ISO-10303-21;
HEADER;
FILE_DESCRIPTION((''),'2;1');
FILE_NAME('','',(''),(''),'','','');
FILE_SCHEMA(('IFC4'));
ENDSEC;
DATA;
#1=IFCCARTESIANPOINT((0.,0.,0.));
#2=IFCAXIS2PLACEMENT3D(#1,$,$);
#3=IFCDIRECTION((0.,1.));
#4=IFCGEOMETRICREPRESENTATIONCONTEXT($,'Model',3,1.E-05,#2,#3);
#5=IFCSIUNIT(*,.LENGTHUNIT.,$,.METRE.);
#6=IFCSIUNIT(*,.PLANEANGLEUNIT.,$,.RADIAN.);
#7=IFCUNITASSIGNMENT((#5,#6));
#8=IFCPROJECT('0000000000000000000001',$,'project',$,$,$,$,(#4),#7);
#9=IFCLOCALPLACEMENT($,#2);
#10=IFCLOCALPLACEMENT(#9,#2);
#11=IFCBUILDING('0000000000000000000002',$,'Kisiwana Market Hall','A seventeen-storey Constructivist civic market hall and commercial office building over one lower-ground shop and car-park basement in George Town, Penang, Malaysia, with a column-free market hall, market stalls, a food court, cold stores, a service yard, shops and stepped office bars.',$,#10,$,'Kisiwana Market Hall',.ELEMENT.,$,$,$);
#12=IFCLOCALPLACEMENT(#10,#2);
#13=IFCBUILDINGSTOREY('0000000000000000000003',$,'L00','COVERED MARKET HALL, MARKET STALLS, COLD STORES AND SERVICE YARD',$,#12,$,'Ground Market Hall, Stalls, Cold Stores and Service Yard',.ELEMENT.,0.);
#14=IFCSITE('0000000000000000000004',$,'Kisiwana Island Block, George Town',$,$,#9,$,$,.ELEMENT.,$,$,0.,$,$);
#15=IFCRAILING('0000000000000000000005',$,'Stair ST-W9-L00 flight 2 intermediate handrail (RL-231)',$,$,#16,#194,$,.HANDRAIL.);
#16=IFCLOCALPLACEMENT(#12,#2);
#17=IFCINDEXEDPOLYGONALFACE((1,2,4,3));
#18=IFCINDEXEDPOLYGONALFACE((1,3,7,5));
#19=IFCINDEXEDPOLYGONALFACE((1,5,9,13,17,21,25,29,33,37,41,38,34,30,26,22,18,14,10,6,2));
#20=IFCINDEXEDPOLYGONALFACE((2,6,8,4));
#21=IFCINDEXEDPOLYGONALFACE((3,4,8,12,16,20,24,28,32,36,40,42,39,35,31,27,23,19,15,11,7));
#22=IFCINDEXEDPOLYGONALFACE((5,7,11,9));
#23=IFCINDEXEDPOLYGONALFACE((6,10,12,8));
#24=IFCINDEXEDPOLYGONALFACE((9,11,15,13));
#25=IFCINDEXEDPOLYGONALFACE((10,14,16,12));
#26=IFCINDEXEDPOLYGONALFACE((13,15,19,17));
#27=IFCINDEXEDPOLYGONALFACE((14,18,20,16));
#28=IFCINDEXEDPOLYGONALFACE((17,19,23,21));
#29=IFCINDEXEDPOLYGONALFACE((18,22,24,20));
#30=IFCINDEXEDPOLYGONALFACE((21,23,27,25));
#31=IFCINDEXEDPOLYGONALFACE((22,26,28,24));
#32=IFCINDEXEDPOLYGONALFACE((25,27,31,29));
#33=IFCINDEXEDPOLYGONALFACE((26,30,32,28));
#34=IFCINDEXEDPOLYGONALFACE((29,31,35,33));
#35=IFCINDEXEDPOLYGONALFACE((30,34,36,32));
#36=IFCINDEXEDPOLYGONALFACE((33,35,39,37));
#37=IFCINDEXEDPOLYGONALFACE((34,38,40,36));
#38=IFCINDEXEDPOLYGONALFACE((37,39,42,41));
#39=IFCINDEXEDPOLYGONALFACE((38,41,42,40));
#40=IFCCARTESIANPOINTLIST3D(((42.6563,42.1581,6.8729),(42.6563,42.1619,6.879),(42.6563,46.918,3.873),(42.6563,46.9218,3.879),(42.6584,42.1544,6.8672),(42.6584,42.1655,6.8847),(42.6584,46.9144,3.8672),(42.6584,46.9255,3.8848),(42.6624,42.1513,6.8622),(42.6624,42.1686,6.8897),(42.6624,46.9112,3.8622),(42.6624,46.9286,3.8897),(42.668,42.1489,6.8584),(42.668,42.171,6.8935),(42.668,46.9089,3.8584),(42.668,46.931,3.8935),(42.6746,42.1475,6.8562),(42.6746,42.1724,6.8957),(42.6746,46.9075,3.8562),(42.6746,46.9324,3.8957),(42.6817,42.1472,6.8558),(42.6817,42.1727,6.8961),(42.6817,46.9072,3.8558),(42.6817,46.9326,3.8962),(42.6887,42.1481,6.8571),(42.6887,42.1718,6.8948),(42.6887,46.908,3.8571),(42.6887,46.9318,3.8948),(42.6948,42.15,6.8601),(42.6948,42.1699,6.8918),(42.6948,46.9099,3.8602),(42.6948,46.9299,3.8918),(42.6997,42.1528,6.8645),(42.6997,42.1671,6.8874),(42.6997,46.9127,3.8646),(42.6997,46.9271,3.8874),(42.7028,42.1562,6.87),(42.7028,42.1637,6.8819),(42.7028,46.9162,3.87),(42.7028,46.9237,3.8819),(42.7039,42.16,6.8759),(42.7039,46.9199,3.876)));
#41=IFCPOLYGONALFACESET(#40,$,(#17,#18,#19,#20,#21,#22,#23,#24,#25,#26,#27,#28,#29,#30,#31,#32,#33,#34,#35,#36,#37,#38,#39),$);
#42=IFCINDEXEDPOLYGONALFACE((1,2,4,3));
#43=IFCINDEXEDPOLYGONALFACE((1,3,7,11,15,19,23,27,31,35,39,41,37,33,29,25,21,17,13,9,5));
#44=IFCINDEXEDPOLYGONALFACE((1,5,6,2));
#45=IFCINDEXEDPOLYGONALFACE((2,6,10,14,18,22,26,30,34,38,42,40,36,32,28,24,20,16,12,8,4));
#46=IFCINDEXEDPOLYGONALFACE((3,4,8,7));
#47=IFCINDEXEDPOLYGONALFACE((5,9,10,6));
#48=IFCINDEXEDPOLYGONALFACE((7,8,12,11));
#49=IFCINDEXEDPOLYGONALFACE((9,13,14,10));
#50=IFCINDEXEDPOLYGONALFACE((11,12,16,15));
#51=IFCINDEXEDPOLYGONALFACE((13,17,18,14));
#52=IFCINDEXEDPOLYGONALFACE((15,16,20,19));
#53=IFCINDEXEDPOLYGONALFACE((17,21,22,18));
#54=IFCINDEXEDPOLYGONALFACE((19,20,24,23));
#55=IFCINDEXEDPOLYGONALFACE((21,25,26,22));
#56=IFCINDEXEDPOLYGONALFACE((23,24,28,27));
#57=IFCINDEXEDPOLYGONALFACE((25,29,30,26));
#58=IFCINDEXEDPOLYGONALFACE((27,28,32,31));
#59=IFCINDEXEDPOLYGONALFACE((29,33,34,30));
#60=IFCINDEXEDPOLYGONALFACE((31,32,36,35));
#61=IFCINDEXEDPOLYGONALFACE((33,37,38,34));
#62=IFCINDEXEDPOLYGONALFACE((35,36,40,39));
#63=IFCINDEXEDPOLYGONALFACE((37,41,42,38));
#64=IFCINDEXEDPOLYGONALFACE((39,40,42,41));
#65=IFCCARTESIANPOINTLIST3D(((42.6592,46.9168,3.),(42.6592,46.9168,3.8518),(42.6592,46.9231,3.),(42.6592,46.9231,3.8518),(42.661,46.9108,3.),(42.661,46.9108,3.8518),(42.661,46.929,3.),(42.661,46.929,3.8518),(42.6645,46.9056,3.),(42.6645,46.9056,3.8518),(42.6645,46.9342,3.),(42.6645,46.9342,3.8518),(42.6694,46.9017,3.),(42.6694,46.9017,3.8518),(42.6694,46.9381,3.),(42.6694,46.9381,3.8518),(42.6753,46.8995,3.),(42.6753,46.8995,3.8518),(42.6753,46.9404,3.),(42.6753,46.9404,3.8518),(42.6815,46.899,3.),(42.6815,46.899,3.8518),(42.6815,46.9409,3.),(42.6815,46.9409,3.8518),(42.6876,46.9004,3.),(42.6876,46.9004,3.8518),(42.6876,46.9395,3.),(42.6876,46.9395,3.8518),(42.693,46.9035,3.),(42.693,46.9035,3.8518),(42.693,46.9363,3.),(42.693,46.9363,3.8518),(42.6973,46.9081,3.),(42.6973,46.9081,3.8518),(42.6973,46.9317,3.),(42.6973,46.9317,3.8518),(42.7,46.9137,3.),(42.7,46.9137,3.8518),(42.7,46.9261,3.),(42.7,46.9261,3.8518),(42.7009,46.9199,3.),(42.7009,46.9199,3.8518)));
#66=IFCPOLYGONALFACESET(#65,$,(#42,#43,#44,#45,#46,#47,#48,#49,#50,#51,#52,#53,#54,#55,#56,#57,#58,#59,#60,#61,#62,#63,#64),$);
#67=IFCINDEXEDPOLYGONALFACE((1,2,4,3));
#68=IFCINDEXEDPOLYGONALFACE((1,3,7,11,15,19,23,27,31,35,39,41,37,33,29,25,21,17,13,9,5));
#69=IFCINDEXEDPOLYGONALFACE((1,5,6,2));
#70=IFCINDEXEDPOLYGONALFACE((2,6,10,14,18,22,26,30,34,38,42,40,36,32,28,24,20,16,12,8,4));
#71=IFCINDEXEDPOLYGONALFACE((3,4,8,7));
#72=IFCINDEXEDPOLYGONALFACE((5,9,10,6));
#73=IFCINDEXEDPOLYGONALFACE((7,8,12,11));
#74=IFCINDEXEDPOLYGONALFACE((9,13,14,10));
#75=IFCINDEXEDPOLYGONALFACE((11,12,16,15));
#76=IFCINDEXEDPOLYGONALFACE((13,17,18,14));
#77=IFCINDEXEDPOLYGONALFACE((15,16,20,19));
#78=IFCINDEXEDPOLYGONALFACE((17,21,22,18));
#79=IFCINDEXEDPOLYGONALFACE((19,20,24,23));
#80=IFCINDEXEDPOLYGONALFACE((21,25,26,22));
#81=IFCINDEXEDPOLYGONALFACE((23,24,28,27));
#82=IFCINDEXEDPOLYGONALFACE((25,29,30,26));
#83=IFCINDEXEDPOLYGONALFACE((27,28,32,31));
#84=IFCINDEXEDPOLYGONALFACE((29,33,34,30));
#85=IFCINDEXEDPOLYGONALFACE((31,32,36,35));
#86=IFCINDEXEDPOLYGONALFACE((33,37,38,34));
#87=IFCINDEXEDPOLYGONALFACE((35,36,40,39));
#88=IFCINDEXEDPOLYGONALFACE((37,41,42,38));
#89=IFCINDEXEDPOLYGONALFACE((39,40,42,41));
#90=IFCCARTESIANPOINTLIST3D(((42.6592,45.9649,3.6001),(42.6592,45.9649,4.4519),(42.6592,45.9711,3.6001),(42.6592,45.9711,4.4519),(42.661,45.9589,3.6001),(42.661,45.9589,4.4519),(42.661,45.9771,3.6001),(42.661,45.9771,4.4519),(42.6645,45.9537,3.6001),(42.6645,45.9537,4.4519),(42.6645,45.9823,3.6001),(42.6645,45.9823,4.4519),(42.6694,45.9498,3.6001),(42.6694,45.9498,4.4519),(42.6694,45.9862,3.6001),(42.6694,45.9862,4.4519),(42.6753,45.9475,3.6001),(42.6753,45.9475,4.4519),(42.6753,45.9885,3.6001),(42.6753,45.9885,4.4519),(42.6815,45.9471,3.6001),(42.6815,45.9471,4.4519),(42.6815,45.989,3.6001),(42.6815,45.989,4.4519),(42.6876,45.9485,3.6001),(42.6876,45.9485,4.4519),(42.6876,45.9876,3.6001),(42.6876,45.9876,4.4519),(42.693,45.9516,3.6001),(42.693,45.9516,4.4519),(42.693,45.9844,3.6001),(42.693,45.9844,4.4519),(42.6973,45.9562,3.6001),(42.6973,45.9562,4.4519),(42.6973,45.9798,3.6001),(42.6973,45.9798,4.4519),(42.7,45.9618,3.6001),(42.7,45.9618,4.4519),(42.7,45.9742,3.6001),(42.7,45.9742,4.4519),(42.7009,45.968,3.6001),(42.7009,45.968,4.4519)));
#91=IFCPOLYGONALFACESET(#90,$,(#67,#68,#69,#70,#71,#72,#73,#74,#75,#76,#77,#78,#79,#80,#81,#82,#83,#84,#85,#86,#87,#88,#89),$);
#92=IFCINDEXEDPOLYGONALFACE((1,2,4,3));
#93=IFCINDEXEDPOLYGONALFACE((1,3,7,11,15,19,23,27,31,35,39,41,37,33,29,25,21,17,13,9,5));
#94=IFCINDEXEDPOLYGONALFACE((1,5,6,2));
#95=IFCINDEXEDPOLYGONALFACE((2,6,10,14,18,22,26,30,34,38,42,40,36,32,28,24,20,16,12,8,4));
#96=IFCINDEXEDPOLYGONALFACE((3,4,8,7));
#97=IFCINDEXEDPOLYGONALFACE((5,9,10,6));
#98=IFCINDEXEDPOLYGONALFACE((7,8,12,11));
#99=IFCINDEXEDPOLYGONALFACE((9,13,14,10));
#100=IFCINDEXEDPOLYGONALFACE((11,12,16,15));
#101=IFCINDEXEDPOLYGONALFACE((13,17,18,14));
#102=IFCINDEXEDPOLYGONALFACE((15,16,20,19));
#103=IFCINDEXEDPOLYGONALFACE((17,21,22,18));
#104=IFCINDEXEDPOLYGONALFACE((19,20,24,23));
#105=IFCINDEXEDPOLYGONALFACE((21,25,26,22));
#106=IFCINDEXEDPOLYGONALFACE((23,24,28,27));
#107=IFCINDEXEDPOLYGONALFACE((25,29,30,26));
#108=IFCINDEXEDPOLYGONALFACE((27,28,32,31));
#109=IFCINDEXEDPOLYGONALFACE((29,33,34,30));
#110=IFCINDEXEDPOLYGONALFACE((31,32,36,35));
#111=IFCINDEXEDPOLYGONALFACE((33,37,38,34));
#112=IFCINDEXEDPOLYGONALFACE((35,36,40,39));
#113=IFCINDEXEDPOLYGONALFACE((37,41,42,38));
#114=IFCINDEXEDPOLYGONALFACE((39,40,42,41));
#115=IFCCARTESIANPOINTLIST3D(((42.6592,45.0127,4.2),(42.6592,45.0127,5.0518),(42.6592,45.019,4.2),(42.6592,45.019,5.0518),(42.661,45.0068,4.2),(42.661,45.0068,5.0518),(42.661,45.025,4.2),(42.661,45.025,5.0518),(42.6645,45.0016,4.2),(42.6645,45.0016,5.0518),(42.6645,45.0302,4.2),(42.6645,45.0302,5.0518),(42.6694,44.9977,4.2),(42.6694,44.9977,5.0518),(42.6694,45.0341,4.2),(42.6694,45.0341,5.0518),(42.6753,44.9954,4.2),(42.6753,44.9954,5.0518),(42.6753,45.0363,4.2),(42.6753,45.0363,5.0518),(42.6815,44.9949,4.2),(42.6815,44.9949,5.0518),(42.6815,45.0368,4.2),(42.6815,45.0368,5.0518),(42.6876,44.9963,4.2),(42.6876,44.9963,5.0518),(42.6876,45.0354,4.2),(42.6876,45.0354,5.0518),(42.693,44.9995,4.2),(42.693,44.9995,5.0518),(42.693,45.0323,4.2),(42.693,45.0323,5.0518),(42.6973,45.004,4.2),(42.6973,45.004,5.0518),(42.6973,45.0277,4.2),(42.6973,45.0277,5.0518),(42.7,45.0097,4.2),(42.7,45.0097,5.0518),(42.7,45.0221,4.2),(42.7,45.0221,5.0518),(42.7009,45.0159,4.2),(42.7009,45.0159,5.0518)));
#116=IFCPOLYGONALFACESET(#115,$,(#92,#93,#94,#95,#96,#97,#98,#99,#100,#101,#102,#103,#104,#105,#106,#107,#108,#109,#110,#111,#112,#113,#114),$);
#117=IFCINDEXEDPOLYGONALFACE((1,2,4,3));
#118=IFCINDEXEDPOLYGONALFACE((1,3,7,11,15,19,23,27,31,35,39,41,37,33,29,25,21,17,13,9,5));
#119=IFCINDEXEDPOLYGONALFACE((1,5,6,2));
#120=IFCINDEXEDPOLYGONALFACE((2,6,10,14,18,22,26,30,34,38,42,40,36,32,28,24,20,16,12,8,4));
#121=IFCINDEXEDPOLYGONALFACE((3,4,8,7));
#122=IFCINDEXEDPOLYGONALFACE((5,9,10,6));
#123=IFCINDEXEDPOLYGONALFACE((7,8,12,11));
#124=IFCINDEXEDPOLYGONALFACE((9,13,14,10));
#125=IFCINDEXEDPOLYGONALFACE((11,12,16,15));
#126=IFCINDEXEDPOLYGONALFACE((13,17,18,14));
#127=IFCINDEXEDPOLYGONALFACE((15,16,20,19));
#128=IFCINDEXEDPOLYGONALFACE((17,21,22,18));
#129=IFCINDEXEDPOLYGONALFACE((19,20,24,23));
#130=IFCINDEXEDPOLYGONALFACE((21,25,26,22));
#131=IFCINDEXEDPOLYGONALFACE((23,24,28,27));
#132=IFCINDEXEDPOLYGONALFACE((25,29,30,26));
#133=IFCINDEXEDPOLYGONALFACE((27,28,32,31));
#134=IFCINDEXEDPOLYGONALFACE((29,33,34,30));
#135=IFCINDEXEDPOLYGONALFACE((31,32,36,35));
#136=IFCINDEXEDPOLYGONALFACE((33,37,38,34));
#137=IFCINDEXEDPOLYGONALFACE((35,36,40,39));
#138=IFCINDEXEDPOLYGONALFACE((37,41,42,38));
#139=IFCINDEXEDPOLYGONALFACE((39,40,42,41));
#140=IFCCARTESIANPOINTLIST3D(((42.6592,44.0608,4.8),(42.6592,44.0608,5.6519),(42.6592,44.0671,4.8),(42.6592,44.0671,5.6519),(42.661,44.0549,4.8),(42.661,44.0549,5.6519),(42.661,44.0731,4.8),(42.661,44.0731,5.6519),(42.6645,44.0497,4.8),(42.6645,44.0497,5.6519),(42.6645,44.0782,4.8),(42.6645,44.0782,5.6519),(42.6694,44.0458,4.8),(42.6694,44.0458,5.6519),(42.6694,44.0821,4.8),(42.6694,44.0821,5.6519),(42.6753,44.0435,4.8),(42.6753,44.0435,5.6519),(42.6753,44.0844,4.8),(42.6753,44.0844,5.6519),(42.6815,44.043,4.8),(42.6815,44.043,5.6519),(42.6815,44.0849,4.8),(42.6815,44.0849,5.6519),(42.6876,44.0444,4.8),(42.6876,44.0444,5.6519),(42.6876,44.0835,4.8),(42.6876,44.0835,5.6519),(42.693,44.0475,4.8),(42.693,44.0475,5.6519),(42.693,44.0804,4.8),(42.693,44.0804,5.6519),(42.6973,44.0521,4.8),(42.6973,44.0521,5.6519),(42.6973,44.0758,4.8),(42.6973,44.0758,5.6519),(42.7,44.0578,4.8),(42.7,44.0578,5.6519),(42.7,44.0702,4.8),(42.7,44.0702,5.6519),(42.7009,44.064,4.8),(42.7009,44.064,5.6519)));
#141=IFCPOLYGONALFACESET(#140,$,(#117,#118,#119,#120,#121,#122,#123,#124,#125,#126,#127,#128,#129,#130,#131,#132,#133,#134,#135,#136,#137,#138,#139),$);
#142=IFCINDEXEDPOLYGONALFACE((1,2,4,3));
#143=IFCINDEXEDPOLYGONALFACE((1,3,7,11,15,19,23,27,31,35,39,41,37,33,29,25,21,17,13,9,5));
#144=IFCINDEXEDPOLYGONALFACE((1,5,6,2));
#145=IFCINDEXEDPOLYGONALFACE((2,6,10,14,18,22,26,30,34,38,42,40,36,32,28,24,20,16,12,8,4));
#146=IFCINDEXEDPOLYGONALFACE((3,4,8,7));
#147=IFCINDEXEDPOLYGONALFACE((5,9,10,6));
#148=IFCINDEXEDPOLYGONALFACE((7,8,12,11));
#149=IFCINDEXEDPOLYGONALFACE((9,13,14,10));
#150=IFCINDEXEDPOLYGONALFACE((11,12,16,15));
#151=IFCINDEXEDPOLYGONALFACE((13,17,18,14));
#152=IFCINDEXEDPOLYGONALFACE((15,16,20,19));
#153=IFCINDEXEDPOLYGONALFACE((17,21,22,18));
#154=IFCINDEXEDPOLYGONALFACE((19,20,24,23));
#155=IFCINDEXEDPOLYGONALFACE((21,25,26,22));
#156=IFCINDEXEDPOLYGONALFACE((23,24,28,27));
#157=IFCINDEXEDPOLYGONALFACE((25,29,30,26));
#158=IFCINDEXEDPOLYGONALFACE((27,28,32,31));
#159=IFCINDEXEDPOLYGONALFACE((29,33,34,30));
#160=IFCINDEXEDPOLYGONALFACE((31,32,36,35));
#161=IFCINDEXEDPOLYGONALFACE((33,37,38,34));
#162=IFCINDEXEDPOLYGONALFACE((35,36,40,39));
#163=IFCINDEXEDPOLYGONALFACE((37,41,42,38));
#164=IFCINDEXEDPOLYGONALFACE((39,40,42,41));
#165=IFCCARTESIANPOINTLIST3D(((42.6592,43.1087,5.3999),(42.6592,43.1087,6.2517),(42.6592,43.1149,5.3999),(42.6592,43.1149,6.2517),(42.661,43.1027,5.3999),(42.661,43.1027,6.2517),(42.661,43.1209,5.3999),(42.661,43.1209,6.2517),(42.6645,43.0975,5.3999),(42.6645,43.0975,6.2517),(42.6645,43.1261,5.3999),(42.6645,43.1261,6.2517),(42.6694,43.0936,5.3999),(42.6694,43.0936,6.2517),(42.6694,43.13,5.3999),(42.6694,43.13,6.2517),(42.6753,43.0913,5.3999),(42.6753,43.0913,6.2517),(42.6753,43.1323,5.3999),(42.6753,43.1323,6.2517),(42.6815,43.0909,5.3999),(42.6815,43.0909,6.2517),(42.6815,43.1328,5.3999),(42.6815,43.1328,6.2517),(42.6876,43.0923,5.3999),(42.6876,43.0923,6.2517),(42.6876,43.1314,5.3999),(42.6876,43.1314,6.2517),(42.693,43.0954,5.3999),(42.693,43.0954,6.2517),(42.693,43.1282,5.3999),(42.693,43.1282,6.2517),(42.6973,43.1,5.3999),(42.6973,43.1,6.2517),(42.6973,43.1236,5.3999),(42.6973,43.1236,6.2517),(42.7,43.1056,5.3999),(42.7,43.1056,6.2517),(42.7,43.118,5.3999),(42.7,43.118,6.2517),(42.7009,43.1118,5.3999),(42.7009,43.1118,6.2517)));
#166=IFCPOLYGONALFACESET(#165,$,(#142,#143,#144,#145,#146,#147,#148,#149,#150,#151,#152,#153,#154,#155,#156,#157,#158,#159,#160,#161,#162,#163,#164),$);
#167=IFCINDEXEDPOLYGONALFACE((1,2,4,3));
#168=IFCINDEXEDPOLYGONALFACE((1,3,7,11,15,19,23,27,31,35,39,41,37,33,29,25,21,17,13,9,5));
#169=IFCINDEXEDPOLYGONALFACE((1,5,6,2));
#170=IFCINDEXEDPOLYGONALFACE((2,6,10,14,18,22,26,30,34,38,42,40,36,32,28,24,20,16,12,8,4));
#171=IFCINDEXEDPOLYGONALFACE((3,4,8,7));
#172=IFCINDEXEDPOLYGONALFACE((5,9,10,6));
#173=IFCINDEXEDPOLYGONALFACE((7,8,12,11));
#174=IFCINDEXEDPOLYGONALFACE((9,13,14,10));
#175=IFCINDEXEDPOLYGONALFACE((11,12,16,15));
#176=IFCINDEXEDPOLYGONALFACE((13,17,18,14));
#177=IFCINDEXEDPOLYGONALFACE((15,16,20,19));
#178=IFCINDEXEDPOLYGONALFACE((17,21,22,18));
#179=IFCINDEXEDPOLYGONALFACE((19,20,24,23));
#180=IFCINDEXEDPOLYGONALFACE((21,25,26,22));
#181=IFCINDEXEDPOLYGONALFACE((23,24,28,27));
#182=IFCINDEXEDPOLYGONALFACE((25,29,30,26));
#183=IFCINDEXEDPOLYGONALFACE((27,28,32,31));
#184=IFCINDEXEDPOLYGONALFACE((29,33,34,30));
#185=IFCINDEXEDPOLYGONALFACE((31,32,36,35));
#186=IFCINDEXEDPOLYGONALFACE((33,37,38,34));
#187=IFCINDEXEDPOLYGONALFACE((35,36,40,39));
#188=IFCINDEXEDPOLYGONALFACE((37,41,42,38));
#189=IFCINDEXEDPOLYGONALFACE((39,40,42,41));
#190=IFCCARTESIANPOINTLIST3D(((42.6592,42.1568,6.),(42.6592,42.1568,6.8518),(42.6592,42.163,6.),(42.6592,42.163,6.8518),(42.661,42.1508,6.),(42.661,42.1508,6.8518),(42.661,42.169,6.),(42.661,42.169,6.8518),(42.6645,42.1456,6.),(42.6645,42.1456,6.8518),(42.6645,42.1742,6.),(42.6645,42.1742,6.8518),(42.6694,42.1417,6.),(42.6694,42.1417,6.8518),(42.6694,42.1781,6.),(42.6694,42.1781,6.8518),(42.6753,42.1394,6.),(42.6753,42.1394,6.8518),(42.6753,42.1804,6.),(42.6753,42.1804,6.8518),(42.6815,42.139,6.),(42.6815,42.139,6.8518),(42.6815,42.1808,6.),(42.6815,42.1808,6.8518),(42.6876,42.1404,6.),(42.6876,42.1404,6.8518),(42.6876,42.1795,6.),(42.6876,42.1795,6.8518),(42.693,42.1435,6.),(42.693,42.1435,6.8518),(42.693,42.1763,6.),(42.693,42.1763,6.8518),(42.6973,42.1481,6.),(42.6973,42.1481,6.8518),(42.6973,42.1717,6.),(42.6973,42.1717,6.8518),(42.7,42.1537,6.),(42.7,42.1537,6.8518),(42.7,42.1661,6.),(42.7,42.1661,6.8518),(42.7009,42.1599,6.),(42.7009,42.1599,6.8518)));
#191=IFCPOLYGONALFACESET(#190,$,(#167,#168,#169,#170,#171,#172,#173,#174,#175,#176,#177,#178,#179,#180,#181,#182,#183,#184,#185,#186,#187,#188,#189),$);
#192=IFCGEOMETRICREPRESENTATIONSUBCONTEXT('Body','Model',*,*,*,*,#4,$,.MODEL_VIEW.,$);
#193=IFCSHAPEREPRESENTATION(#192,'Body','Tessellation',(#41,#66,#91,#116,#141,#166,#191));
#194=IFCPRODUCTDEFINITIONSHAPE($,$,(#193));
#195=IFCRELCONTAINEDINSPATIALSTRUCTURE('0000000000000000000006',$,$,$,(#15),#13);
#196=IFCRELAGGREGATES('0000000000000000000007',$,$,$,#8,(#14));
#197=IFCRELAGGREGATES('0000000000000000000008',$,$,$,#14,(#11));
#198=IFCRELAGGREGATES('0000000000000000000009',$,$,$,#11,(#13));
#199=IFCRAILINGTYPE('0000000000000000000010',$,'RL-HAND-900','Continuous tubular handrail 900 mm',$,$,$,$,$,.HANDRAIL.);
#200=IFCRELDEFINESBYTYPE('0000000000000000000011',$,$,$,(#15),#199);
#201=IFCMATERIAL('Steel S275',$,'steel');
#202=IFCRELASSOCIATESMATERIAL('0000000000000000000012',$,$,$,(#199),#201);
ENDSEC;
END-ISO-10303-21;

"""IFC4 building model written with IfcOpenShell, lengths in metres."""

from ifc_helpers import new_model, si_unit, direction, frame, origin, origin_2d, place, context, subcontext, project, spatial, circle, extrude, material, type_object, element, save


model = new_model("IFC4")

# Units and contexts
model_context = context("Model", 3, precision=1e-05, world=origin(), true_north=direction((0.0, 1.0)))
body_context = subcontext(model_context, "Body", "Model", "MODEL_VIEW")
ifc_project = project(units=[si_unit("LENGTHUNIT", "METRE"), si_unit("PLANEANGLEUNIT", "RADIAN")], contexts=[model_context])

# Site, building, storey
site_placement = place(None, origin())
site = spatial("IfcSite", under=ifc_project, at=site_placement, Name="Kisiwana Island Block, George Town", CompositionType="ELEMENT", RefElevation=0.0)
building_placement = place(site_placement, origin())
building = spatial("IfcBuilding", under=site, at=building_placement, Name="Kisiwana Market Hall", Description="A seventeen-storey Constructivist civic market hall and commercial office building over one lower-ground shop and car-park basement in George Town, Penang, Malaysia, with a column-free market hall, market stalls, a food court, cold stores, a service yard, shops and stepped office bars.", LongName="Kisiwana Market Hall", CompositionType="ELEMENT")
storey_placement = place(building_placement, origin())
storey = spatial("IfcBuildingStorey", under=building, at=storey_placement, Name="L00", Description="COVERED MARKET HALL, MARKET STALLS, COLD STORES AND SERVICE YARD", LongName="Ground Market Hall, Stalls, Cold Stores and Service Yard", CompositionType="ELEMENT", Elevation=0.0)

# Railing
ifc_material_1 = material(Name="Steel S275", Category="steel")
railing_type_1 = type_object("IfcRailingType", Name="RL-HAND-900", Description="Continuous tubular handrail 900 mm", PredefinedType="HANDRAIL", material=ifc_material_1)
railing_1_placement = place(storey_placement, frame((42.6799, 46.9199, 3.0)))
element("IfcRailing", 1, at=railing_1_placement, inside=storey, type_object=railing_type_1, Name="Stair ST-W9-L00 flight 2 intermediate handrail (RL-231)", PredefinedType="HANDRAIL", context=body_context, shape_type="SweptSolid", body=[
    extrude(circle(Radius=0.0239, at=origin_2d()), frame((0.0, 0.0, 0.876), z_axis=(0.0, -0.845996, 0.53319), x_axis=(1.0, 0.0, 0.0)), (0.0, 0.0, 1.0), 5.6265),
    extrude(circle(Radius=0.021, at=origin_2d()), origin(), (0.0, 0.0, 1.0), 0.8518),
    extrude(circle(Radius=0.021, at=origin_2d()), frame((0.0, -0.9519, 0.6001)), (0.0, 0.0, 1.0), 0.8518),
    extrude(circle(Radius=0.021, at=origin_2d()), frame((0.0, -1.9041, 1.2)), (0.0, 0.0, 1.0), 0.8518),
    extrude(circle(Radius=0.021, at=origin_2d()), frame((0.0, -2.856, 1.8)), (0.0, 0.0, 1.0), 0.8518),
    extrude(circle(Radius=0.021, at=origin_2d()), frame((0.0, -3.8081, 2.3999)), (0.0, 0.0, 1.0), 0.8518),
    extrude(circle(Radius=0.021, at=origin_2d()), frame((0.0, -4.76, 3.0)), (0.0, 0.0, 1.0), 0.8518),
])

save(model, "model.ifc")
